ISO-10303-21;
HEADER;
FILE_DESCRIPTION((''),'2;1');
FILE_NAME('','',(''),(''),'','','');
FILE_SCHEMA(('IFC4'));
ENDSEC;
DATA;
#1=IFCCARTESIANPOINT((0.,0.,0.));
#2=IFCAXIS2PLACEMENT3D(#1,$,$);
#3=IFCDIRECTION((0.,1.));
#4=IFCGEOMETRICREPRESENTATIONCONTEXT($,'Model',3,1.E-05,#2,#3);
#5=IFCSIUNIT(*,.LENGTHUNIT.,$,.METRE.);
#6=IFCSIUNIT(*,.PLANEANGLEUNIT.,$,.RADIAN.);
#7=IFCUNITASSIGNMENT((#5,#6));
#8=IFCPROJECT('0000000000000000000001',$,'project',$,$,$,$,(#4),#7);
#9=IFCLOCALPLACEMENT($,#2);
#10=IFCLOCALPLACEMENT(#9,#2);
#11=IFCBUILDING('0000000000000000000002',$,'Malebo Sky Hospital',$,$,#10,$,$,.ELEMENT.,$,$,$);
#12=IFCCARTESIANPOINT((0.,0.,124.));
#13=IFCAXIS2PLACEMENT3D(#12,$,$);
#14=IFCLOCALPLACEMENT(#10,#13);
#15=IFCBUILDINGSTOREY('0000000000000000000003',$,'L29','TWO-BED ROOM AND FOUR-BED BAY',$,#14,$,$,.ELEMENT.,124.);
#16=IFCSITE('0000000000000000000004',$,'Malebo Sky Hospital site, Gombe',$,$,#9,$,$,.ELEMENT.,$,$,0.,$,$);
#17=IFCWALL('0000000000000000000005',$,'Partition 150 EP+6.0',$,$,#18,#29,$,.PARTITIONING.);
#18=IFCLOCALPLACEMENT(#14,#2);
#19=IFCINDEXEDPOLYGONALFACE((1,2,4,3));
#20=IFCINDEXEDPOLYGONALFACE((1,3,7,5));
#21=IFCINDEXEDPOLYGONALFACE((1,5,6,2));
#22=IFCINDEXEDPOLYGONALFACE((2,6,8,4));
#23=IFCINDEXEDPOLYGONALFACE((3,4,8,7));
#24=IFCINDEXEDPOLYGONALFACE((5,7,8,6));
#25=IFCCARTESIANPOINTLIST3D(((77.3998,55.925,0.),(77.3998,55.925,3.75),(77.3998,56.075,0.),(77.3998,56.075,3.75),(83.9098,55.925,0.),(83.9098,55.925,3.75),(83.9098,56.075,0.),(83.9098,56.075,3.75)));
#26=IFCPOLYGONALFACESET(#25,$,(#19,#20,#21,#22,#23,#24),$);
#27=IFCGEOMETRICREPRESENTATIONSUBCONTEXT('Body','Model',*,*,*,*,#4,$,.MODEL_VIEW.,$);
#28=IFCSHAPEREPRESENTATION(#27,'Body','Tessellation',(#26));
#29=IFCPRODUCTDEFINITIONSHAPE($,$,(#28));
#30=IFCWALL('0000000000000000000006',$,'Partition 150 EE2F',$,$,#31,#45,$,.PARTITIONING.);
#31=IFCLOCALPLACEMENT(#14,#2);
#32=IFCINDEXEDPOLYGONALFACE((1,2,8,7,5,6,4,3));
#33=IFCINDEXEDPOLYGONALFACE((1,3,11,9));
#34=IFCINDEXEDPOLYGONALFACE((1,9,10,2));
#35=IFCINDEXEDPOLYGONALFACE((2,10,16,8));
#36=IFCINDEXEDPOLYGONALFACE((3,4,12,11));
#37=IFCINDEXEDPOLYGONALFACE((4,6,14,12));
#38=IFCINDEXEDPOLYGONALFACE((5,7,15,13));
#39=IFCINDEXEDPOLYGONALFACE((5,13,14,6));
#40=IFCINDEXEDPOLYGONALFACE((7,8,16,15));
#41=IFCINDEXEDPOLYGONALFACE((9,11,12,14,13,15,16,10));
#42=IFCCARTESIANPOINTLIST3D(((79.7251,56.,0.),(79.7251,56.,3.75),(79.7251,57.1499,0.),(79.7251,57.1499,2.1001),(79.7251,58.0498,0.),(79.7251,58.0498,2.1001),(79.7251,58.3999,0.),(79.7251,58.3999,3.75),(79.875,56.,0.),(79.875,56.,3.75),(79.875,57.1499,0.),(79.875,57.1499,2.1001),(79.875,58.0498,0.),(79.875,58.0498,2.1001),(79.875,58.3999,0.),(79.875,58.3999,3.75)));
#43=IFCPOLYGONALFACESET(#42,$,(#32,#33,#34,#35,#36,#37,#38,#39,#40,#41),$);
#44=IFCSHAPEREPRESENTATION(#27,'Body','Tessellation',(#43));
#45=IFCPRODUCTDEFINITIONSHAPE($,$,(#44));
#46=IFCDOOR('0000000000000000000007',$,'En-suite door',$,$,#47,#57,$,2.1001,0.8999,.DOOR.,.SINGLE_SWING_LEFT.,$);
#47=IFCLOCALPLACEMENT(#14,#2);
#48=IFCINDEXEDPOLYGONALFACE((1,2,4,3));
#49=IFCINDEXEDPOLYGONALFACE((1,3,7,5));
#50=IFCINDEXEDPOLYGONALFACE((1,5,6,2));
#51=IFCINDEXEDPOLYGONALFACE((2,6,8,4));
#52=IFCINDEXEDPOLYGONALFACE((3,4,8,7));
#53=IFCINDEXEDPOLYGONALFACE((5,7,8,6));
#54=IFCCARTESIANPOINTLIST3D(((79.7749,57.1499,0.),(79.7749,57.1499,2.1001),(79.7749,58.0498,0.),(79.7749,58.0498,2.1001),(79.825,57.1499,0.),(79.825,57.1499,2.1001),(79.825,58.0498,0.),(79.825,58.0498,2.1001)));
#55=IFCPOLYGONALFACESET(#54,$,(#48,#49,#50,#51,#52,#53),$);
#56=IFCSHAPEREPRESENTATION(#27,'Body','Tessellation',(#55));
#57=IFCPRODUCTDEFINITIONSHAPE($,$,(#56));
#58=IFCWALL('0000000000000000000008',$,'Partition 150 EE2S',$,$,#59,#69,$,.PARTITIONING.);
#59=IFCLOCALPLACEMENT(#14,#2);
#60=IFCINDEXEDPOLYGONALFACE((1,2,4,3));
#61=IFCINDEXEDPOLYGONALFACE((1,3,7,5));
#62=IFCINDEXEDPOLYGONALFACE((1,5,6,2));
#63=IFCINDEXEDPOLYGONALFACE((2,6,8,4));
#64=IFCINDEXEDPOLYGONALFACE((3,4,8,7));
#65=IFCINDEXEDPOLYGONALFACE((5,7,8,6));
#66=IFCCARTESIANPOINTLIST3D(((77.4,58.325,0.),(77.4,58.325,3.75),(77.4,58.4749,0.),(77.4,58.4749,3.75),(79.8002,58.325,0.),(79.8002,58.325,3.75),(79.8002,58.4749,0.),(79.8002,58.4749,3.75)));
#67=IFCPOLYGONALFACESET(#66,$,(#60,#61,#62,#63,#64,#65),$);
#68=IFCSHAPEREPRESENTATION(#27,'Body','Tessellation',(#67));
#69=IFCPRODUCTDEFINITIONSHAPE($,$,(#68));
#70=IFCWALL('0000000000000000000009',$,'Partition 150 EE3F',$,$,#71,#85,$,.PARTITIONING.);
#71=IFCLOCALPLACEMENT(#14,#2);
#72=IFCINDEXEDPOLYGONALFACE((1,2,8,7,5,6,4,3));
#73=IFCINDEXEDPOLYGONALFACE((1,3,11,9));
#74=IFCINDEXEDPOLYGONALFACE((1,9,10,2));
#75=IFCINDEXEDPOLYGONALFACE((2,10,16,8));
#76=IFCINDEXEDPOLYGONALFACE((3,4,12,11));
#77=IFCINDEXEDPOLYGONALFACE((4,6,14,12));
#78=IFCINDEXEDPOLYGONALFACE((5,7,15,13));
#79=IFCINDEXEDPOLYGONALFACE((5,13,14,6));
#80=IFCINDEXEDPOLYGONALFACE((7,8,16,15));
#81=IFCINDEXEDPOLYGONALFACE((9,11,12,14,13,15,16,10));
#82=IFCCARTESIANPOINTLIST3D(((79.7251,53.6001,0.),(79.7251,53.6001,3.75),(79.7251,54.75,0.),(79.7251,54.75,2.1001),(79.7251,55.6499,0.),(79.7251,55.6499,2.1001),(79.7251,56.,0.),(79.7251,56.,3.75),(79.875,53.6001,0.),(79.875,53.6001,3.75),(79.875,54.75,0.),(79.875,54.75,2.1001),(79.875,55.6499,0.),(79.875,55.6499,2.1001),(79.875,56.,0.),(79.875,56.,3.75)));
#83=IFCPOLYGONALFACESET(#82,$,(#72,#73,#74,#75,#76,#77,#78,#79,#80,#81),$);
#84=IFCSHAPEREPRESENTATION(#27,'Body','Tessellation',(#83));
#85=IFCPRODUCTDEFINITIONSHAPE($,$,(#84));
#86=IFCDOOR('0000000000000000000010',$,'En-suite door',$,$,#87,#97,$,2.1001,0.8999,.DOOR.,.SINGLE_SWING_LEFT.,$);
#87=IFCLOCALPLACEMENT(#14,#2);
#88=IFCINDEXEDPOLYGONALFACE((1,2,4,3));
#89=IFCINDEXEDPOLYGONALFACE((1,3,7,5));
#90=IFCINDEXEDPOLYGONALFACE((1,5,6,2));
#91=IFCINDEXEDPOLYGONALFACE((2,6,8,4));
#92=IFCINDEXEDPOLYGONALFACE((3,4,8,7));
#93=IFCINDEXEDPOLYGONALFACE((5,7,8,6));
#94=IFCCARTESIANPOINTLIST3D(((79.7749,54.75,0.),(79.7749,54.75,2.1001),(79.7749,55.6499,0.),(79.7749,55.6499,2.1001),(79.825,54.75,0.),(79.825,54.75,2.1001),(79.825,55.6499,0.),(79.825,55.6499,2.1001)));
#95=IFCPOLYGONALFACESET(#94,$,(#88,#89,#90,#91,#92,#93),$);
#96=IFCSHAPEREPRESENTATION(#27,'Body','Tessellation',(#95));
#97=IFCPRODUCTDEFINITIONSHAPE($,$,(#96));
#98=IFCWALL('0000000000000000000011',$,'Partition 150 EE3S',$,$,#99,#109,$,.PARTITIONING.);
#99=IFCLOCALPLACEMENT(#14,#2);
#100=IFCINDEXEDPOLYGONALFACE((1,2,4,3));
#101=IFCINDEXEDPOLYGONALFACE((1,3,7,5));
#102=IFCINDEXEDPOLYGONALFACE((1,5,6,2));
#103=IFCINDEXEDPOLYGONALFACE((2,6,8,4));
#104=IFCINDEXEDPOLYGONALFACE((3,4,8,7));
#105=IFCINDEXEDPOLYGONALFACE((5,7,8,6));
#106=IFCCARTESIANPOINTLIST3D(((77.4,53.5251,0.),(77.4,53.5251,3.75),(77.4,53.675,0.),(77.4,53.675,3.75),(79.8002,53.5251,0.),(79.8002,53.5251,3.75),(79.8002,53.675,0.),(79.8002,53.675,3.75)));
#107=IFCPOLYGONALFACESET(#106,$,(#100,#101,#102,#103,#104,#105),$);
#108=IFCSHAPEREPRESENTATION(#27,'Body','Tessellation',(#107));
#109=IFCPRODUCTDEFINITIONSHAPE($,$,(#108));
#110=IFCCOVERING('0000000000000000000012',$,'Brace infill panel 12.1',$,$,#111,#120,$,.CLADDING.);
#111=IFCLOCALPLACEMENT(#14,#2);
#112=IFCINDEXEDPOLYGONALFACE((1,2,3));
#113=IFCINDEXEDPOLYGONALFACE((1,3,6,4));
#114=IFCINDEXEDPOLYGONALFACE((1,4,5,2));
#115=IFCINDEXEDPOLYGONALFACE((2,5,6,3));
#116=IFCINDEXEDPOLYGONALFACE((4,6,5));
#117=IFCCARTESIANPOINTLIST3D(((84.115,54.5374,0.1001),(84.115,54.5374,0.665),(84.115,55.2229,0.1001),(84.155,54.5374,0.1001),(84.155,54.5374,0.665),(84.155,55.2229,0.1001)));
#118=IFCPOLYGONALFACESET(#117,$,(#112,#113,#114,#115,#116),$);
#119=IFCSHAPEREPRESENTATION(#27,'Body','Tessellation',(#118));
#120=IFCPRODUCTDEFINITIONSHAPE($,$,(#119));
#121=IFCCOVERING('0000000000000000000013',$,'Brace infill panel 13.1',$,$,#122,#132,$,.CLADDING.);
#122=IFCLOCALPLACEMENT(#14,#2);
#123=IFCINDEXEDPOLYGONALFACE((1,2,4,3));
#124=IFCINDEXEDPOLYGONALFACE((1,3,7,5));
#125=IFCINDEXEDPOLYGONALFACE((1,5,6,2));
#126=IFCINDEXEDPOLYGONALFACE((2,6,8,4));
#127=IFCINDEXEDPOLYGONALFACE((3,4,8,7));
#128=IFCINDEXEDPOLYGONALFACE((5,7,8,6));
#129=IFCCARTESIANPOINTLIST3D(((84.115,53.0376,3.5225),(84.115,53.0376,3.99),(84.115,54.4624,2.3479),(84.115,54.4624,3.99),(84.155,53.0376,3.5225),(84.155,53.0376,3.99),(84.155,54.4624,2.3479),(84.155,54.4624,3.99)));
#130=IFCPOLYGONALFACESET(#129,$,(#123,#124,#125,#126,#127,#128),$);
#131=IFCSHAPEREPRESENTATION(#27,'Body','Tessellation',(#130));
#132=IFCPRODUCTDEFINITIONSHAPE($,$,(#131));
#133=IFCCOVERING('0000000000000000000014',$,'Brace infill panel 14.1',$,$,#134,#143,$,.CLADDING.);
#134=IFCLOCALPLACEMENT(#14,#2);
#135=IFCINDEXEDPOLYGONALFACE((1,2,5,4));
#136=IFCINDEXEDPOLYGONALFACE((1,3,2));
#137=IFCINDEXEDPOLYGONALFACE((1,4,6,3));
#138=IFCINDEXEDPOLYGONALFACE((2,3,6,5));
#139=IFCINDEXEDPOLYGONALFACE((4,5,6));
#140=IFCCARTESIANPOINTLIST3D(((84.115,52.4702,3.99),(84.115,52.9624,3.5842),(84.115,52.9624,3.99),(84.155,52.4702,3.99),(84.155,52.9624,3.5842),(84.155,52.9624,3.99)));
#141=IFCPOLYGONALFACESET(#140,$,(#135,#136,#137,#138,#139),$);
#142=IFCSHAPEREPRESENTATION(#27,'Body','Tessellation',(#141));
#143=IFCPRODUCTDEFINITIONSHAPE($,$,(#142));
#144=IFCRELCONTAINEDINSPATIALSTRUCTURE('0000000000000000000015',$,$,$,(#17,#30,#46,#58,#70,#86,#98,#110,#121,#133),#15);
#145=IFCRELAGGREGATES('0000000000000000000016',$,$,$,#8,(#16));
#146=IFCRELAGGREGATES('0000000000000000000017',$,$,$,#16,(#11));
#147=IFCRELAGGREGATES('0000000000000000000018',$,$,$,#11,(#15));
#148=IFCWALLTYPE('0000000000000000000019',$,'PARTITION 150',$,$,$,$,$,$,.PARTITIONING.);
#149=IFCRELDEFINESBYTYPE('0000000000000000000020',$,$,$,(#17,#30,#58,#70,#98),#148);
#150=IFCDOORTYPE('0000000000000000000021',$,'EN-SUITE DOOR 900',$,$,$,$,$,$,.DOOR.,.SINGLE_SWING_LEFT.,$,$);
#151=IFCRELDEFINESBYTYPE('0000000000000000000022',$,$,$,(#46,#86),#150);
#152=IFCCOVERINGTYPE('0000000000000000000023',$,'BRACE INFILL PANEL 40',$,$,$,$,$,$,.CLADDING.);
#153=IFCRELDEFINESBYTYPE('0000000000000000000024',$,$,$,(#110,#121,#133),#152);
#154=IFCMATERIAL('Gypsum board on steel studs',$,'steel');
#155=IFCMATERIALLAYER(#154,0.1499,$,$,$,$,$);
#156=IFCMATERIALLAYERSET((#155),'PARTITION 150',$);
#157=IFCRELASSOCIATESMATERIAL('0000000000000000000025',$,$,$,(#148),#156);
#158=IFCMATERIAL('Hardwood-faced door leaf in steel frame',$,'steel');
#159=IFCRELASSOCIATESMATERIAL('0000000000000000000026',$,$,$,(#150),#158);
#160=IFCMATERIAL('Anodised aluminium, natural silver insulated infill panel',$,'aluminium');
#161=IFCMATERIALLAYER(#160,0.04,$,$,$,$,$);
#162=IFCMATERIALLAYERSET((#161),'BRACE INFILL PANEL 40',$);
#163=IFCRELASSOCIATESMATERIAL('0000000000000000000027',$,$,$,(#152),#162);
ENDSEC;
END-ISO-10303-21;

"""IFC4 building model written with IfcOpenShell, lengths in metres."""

from ifc_helpers import new_model, si_unit, direction, frame, frame_2d, origin, place, context, subcontext, project, spatial, polyline, rectangle, outline, extrude, material, layer, layer_set, type_object, element, fill, save


model = new_model("IFC4")

# Units and contexts
model_context = context("Model", 3, precision=1e-05, world=origin(), true_north=direction((0.0, 1.0)))
body_context = subcontext(model_context, "Body", "Model", "MODEL_VIEW")
ifc_project = project(units=[si_unit("LENGTHUNIT", "METRE"), si_unit("PLANEANGLEUNIT", "RADIAN")], contexts=[model_context])

# Site, building, storey
site_placement = place(None, origin())
site = spatial("IfcSite", under=ifc_project, at=site_placement, Name="Malebo Sky Hospital site, Gombe", CompositionType="ELEMENT", RefElevation=0.0)
building_placement = place(site_placement, origin())
building = spatial("IfcBuilding", under=site, at=building_placement, Name="Malebo Sky Hospital", CompositionType="ELEMENT")
storey_placement = place(building_placement, frame((0.0, 0.0, 124.0)))
storey = spatial("IfcBuildingStorey", under=building, at=storey_placement, Name="L29", Description="TWO-BED ROOM AND FOUR-BED BAY", CompositionType="ELEMENT", Elevation=124.0)

# Wall
ifc_material_1 = material(Name="Gypsum board on steel studs", Category="steel")
ifc_layer_1 = layer(ifc_material_1, 0.1499)
ifc_layer_set_1 = layer_set([ifc_layer_1], Name="PARTITION 150")
wall_type = type_object("IfcWallType", Name="PARTITION 150", PredefinedType="PARTITIONING", material=ifc_layer_set_1)
wall_1_placement = place(storey_placement, frame((77.3999, 56.0, 0.0), z_axis=(0.0, 0.0, 1.0), x_axis=(1.0, 0.0, 0.0)))
element("IfcWall", 1, at=wall_1_placement, inside=storey, type_object=wall_type, Name="Partition 150 EP+6.0", PredefinedType="PARTITIONING", context=body_context, shape_type="SweptSolid", body=[
    extrude(rectangle(XDim=6.51, YDim=0.1499, at=frame_2d((3.2549, 0.0))), origin(), (0.0, 0.0, 1.0), 3.75),
])

# Wall, opening, door
wall_2_placement = place(storey_placement, frame((79.8, 58.3999, 0.0), z_axis=(0.0, 0.0, 1.0), x_axis=(0.0, -1.0, 0.0)))
wall_2 = element("IfcWall", 2, at=wall_2_placement, inside=storey, type_object=wall_type, Name="Partition 150 EE2F", PredefinedType="PARTITIONING", context=body_context, shape_type="SweptSolid", body=[
    extrude(rectangle(XDim=2.3999, YDim=0.1499, at=frame_2d((1.2, 0.0))), origin(), (0.0, 0.0, 1.0), 3.75),
])
opening_1_placement = place(wall_2_placement, frame((0.3501, 0.0, 0.0)))
opening_1 = element("IfcOpeningElement", 3, at=opening_1_placement, cuts=wall_2, PredefinedType="OPENING", context=body_context, shape_type="SweptSolid", body=[
    extrude(rectangle(XDim=0.8999, YDim=2.1001, at=frame_2d((0.45, 1.05))), frame((0.0, 0.085, 0.0), z_axis=(0.0, -1.0, 0.0), x_axis=(1.0, 0.0, 0.0)), (0.0, 0.0, 1.0), 0.1699),
])
ifc_material_2 = material(Name="Hardwood-faced door leaf in steel frame", Category="steel")
door_type = type_object("IfcDoorType", Name="EN-SUITE DOOR 900", OperationType="SINGLE_SWING_LEFT", PredefinedType="DOOR", material=ifc_material_2)
door_1_placement = place(opening_1_placement, origin())
door_1 = element("IfcDoor", 4, at=door_1_placement, inside=storey, type_object=door_type, Name="En-suite door", OperationType="SINGLE_SWING_LEFT", OverallHeight=2.1001, OverallWidth=0.8999, PredefinedType="DOOR", context=body_context, shape_type="SweptSolid", body=[
    extrude(rectangle(XDim=0.8999, YDim=2.1001, at=frame_2d((0.45, 1.05))), frame((0.0, 0.0249, 0.0), z_axis=(0.0, -1.0, 0.0), x_axis=(1.0, 0.0, 0.0)), (0.0, 0.0, 1.0), 0.05),
])
fill(opening_1, door_1)

# Wall
wall_3_placement = place(storey_placement, frame((77.3999, 58.3999, 0.0), z_axis=(0.0, 0.0, 1.0), x_axis=(1.0, 0.0, 0.0)))
element("IfcWall", 5, at=wall_3_placement, inside=storey, type_object=wall_type, Name="Partition 150 EE2S", PredefinedType="PARTITIONING", context=body_context, shape_type="SweptSolid", body=[
    extrude(rectangle(XDim=2.4001, YDim=0.1499, at=frame_2d((1.2002, 0.0))), origin(), (0.0, 0.0, 1.0), 3.75),
])

# Wall, opening, door
wall_4_placement = place(storey_placement, frame((79.8, 56.0, 0.0), z_axis=(0.0, 0.0, 1.0), x_axis=(0.0, -1.0, 0.0)))
wall_4 = element("IfcWall", 6, at=wall_4_placement, inside=storey, type_object=wall_type, Name="Partition 150 EE3F", PredefinedType="PARTITIONING", context=body_context, shape_type="SweptSolid", body=[
    extrude(rectangle(XDim=2.3999, YDim=0.1499, at=frame_2d((1.2, 0.0))), origin(), (0.0, 0.0, 1.0), 3.75),
])
opening_2_placement = place(wall_4_placement, frame((0.3501, 0.0, 0.0)))
opening_2 = element("IfcOpeningElement", 7, at=opening_2_placement, cuts=wall_4, PredefinedType="OPENING", context=body_context, shape_type="SweptSolid", body=[
    extrude(rectangle(XDim=0.8999, YDim=2.1001, at=frame_2d((0.45, 1.05))), frame((0.0, 0.085, 0.0), z_axis=(0.0, -1.0, 0.0), x_axis=(1.0, 0.0, 0.0)), (0.0, 0.0, 1.0), 0.1699),
])
door_2_placement = place(opening_2_placement, origin())
door_2 = element("IfcDoor", 8, at=door_2_placement, inside=storey, type_object=door_type, Name="En-suite door", OperationType="SINGLE_SWING_LEFT", OverallHeight=2.1001, OverallWidth=0.8999, PredefinedType="DOOR", context=body_context, shape_type="SweptSolid", body=[
    extrude(rectangle(XDim=0.8999, YDim=2.1001, at=frame_2d((0.45, 1.05))), frame((0.0, 0.0249, 0.0), z_axis=(0.0, -1.0, 0.0), x_axis=(1.0, 0.0, 0.0)), (0.0, 0.0, 1.0), 0.05),
])
fill(opening_2, door_2)

# Wall
wall_5_placement = place(storey_placement, frame((77.3999, 53.6001, 0.0), z_axis=(0.0, 0.0, 1.0), x_axis=(1.0, 0.0, 0.0)))
element("IfcWall", 9, at=wall_5_placement, inside=storey, type_object=wall_type, Name="Partition 150 EE3S", PredefinedType="PARTITIONING", context=body_context, shape_type="SweptSolid", body=[
    extrude(rectangle(XDim=2.4001, YDim=0.1499, at=frame_2d((1.2002, 0.0))), origin(), (0.0, 0.0, 1.0), 3.75),
])

# Coverings
ifc_material_3 = material(Name="Anodised aluminium, natural silver insulated infill panel", Category="aluminium")
ifc_layer_2 = layer(ifc_material_3, 0.04)
ifc_layer_set_2 = layer_set([ifc_layer_2], Name="BRACE INFILL PANEL 40")
covering_type = type_object("IfcCoveringType", Name="BRACE INFILL PANEL 40", PredefinedType="CLADDING", material=ifc_layer_set_2)
covering_1_placement = place(storey_placement, frame((84.135, 54.8801, 0.1001), z_axis=(0.0, 0.0, 1.0), x_axis=(0.0, -1.0, 0.0)))
element("IfcCovering", 10, at=covering_1_placement, inside=storey, type_object=covering_type, Name="Brace infill panel 12.1", PredefinedType="CLADDING", context=body_context, shape_type="SweptSolid", body=[
    extrude(outline(polyline([(-0.3428, 0.0), (0.3428, 0.0), (0.3428, 0.5649), (-0.3428, 0.0)])), frame((0.0, 0.02, 0.0), z_axis=(0.0, -1.0, 0.0), x_axis=(1.0, 0.0, 0.0)), (0.0, 0.0, 1.0), 0.04),
])
covering_2_placement = place(storey_placement, frame((84.135, 53.75, 2.3479), z_axis=(0.0, 0.0, 1.0), x_axis=(0.0, -1.0, 0.0)))
element("IfcCovering", 11, at=covering_2_placement, inside=storey, type_object=covering_type, Name="Brace infill panel 13.1", PredefinedType="CLADDING", context=body_context, shape_type="SweptSolid", body=[
    extrude(outline(polyline([(-0.7124, 0.0), (0.7124, 1.1746), (0.7124, 1.6421), (-0.7124, 1.6421), (-0.7124, 0.0)])), frame((0.0, 0.02, 0.0), z_axis=(0.0, -1.0, 0.0), x_axis=(1.0, 0.0, 0.0)), (0.0, 0.0, 1.0), 0.04),
])
covering_3_placement = place(storey_placement, frame((84.135, 52.7163, 3.5842), z_axis=(0.0, 0.0, 1.0), x_axis=(0.0, -1.0, 0.0)))
element("IfcCovering", 12, at=covering_3_placement, inside=storey, type_object=covering_type, Name="Brace infill panel 14.1", PredefinedType="CLADDING", context=body_context, shape_type="SweptSolid", body=[
    extrude(outline(polyline([(-0.2461, 0.0), (0.2461, 0.4058), (-0.2461, 0.4058), (-0.2461, 0.0)])), frame((0.0, 0.02, 0.0), z_axis=(0.0, -1.0, 0.0), x_axis=(1.0, 0.0, 0.0)), (0.0, 0.0, 1.0), 0.04),
])

save(model, "model.ifc")
